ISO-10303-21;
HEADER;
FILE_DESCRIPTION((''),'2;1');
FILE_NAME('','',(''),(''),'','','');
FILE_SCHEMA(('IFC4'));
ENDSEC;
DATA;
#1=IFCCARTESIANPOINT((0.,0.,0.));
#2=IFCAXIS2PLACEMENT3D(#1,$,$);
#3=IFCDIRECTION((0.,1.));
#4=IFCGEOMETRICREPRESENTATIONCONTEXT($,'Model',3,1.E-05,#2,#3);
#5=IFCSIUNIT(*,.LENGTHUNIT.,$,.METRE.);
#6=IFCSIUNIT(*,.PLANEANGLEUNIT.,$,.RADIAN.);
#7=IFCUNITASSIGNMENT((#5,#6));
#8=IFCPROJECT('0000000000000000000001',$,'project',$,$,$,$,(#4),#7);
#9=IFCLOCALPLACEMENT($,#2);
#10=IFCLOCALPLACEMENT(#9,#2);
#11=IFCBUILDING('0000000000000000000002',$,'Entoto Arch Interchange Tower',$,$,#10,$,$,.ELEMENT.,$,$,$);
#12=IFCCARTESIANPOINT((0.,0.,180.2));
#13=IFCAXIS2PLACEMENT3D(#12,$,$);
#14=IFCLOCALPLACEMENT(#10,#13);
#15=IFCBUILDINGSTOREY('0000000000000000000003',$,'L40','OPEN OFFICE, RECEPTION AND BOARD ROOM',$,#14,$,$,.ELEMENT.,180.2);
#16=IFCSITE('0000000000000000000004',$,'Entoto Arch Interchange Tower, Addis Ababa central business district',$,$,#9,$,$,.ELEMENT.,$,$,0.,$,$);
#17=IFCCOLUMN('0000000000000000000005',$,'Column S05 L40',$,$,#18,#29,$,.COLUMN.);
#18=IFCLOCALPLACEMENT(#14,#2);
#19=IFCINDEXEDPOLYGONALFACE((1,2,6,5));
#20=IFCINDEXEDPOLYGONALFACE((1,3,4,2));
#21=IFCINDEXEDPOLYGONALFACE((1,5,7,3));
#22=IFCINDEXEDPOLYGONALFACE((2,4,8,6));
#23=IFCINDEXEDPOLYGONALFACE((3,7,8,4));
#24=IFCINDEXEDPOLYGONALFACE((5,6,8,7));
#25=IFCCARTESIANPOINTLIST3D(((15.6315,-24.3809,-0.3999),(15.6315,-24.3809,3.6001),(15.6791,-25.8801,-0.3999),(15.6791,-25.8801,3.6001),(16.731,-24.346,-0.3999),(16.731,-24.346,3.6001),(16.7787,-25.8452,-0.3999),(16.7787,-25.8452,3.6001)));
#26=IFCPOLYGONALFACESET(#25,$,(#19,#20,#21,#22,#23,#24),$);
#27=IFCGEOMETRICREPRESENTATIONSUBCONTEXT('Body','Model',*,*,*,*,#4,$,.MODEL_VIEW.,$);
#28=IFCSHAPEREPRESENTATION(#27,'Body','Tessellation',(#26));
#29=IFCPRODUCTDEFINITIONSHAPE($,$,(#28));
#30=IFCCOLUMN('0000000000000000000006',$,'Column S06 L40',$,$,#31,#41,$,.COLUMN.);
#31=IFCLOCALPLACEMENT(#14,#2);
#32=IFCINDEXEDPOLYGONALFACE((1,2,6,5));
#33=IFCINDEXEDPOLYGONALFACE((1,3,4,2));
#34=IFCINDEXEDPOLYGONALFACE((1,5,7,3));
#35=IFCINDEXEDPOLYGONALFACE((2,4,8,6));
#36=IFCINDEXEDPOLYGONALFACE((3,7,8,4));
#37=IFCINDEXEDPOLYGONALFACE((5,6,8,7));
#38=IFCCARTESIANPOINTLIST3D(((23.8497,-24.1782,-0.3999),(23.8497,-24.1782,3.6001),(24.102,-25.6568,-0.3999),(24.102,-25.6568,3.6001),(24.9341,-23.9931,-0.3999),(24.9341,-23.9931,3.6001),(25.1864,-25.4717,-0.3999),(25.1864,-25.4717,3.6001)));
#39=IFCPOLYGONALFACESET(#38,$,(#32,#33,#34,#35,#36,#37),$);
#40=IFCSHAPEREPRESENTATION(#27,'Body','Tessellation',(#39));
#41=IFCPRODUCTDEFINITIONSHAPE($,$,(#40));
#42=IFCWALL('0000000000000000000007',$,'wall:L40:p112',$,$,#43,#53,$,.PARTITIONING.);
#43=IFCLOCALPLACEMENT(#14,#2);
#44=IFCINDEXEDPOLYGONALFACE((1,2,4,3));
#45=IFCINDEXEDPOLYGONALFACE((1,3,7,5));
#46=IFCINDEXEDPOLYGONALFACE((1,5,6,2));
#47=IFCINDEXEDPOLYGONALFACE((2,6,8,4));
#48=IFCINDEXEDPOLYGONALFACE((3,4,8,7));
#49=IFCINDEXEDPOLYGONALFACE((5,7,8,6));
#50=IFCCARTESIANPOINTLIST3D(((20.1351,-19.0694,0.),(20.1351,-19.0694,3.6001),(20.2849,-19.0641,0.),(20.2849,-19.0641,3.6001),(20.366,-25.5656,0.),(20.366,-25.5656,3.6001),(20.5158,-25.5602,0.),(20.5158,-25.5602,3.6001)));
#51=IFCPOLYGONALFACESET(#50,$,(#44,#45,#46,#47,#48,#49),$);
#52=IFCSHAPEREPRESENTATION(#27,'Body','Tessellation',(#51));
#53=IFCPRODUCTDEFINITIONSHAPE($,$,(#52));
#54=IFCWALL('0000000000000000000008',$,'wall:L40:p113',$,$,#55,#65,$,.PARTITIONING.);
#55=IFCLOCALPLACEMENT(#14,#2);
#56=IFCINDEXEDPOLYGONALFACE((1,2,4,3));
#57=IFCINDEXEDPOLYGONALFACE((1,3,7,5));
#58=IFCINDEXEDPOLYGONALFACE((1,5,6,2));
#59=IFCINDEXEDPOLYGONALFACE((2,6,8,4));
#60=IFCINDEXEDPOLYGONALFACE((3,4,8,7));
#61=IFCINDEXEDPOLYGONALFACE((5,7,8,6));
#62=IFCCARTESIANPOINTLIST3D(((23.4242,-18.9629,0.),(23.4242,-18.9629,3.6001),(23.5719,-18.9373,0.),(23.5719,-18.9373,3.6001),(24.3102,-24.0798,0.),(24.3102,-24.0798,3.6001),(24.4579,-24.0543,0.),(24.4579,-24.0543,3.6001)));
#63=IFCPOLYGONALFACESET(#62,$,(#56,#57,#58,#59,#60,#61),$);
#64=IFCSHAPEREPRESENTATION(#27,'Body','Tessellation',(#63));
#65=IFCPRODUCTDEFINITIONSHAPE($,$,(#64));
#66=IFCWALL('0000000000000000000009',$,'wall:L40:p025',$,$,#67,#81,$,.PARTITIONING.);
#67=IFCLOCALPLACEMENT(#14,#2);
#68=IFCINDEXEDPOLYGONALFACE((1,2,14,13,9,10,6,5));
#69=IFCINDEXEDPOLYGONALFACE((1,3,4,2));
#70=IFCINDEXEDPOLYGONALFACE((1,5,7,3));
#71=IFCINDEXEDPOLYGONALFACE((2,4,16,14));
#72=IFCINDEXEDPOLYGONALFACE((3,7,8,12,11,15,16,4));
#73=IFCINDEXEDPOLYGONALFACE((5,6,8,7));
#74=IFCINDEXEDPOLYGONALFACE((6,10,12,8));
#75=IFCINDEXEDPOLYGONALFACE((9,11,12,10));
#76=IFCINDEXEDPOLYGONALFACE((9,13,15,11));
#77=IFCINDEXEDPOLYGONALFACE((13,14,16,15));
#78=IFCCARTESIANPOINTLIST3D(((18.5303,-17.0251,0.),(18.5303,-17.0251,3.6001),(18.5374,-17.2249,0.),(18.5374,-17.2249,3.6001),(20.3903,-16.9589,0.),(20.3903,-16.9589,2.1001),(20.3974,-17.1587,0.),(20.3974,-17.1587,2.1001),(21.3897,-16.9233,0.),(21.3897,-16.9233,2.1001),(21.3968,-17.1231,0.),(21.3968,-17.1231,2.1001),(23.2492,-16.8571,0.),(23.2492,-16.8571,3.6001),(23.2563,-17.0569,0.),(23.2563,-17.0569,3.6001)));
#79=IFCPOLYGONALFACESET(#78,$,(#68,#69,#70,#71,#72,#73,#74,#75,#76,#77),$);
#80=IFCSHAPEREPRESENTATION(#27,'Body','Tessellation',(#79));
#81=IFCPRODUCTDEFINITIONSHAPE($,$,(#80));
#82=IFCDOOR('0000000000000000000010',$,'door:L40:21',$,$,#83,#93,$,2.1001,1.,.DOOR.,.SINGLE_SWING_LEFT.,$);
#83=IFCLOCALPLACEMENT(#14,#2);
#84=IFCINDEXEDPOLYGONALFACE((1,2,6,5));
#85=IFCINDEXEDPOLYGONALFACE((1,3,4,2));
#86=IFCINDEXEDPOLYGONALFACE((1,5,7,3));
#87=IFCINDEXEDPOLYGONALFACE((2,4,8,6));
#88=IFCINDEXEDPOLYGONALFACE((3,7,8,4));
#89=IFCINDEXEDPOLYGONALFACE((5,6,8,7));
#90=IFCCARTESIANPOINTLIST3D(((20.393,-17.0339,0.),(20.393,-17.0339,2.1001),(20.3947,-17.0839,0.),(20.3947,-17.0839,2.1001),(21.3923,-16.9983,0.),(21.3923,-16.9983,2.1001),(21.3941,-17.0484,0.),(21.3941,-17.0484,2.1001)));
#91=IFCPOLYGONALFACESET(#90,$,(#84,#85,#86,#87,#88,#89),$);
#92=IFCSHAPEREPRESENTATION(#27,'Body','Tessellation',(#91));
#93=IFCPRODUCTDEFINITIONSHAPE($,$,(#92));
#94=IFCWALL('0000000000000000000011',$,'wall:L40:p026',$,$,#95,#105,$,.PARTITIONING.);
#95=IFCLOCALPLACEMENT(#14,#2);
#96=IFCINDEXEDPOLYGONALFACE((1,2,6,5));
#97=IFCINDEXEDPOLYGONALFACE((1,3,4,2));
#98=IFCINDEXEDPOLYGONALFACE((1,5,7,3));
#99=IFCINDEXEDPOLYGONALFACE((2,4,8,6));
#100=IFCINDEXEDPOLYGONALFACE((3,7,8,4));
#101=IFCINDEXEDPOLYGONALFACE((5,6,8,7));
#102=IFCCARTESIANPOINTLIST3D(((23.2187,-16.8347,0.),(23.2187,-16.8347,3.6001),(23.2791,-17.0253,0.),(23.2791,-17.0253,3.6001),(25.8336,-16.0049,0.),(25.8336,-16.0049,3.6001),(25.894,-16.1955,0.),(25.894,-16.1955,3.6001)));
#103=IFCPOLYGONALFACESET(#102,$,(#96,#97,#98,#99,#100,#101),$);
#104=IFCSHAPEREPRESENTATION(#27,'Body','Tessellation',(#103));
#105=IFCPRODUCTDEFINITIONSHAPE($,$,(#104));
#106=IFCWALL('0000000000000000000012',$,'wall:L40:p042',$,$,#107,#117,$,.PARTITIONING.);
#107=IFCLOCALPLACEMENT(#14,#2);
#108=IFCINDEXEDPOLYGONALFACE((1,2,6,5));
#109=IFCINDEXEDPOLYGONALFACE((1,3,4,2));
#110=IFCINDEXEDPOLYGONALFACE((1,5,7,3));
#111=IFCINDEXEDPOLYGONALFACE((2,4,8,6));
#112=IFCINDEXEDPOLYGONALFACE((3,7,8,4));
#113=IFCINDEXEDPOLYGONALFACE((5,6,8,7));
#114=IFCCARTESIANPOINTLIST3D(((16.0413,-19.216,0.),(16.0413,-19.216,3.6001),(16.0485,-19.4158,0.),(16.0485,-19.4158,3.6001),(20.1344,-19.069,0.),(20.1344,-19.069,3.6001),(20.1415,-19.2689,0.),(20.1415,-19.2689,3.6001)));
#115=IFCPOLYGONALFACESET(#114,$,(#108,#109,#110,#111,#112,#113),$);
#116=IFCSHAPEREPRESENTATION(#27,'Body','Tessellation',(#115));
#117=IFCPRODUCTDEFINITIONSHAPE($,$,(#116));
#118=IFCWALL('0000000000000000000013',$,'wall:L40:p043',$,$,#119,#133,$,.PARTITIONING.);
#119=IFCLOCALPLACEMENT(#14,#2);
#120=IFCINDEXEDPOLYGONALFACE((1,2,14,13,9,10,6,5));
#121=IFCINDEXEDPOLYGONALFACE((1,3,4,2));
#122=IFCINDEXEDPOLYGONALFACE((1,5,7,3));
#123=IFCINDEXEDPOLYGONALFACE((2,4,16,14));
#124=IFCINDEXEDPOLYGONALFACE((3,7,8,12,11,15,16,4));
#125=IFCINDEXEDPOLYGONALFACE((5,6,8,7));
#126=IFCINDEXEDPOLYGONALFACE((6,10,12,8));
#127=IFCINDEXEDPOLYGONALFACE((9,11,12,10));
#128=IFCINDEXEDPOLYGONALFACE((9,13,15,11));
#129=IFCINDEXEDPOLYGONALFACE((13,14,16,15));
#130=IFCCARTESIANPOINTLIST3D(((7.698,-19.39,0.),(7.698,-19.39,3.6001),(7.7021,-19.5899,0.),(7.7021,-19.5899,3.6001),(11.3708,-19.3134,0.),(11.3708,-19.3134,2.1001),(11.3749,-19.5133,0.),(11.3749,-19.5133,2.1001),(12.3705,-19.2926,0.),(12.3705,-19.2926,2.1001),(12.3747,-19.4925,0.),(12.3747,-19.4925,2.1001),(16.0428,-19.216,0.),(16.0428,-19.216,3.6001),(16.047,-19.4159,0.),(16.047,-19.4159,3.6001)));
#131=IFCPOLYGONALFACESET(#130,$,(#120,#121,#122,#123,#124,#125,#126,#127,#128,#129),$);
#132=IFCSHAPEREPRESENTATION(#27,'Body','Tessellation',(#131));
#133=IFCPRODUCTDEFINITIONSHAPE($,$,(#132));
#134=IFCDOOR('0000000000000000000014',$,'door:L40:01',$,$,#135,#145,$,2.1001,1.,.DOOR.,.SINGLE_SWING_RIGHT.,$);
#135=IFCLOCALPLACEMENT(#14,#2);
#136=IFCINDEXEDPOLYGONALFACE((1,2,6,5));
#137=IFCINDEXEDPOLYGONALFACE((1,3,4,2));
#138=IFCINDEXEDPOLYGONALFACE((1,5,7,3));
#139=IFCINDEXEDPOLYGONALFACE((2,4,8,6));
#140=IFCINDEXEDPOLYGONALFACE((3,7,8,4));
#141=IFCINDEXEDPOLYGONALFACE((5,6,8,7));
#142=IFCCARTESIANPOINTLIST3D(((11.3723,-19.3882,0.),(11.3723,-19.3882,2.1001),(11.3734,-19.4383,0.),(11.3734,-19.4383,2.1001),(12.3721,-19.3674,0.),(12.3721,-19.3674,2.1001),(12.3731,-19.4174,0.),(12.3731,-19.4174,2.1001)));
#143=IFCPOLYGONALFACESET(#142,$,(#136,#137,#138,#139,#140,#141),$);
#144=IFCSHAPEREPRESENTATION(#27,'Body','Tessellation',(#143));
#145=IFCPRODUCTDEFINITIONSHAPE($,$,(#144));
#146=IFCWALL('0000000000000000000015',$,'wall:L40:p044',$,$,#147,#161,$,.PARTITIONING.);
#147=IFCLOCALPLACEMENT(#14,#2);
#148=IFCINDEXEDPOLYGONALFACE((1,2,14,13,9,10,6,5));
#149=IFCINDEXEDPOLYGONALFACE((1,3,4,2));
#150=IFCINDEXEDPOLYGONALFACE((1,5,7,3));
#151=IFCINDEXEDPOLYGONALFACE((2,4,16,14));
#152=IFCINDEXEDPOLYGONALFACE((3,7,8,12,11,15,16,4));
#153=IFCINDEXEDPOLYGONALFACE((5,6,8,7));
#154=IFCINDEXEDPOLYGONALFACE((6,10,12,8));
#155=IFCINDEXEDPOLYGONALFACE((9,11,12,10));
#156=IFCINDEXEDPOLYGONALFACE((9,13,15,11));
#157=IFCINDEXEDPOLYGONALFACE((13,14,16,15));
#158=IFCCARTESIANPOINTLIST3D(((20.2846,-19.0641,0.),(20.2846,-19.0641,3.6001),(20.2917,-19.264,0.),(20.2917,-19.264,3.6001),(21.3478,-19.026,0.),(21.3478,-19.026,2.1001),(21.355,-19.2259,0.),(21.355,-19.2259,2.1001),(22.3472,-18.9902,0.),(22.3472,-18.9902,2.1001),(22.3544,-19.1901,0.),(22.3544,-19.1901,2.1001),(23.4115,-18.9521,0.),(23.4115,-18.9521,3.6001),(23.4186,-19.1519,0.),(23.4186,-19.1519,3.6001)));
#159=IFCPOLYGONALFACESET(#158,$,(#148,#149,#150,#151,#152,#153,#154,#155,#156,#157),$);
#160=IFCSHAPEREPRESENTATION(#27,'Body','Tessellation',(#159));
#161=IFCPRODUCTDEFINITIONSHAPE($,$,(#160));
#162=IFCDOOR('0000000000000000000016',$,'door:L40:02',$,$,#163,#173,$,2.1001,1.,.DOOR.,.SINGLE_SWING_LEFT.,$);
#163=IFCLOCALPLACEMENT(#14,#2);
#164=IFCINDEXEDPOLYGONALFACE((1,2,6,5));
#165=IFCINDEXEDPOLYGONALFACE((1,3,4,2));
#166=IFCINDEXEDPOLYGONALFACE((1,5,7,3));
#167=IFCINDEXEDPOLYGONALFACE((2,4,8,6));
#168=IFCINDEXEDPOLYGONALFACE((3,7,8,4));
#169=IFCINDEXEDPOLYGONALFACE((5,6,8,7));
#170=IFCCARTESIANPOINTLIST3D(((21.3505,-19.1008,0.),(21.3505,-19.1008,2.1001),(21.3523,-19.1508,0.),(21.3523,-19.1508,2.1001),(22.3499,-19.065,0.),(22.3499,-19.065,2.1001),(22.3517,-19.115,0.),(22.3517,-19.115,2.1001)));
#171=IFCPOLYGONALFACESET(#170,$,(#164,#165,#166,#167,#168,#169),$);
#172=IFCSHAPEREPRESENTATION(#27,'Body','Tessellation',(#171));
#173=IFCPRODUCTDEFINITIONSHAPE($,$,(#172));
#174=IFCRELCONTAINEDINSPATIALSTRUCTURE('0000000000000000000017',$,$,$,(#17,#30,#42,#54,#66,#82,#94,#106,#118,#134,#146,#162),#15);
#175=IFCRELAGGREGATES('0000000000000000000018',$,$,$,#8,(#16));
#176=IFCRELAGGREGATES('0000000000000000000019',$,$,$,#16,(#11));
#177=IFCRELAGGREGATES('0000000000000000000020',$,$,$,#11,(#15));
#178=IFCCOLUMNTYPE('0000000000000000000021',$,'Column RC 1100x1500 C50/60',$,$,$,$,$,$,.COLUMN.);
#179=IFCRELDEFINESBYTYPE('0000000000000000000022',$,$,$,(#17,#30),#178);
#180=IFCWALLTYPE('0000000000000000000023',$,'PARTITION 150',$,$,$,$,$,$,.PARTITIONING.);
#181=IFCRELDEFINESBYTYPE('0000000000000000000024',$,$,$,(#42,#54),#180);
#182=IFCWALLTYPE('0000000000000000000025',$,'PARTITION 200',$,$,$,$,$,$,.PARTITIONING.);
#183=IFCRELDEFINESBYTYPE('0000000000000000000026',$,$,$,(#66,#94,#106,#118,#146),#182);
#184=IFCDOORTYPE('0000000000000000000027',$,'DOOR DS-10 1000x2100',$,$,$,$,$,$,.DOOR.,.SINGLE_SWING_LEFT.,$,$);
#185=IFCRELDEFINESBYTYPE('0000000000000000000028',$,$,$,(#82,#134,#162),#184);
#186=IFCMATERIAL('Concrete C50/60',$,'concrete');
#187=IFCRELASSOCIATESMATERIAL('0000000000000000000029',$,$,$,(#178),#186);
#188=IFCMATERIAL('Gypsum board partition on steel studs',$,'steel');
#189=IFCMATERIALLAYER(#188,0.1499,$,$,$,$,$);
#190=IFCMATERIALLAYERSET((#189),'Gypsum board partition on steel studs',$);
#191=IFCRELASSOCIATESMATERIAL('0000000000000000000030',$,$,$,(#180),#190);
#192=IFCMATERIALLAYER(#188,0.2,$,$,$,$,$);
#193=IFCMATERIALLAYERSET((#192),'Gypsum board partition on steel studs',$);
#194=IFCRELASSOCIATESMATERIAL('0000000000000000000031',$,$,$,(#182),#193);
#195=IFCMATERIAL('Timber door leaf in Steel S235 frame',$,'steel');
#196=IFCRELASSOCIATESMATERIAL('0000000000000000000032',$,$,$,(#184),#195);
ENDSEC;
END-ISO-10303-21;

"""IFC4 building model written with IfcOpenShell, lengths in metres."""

from ifc_helpers import new_model, si_unit, direction, frame, frame_2d, origin, origin_2d, place, context, subcontext, project, spatial, rectangle, extrude, material, layer, layer_set, material_profile, profile_set, type_object, element, fill, save


model = new_model("IFC4")

# Units and contexts
model_context = context("Model", 3, precision=1e-05, world=origin(), true_north=direction((0.0, 1.0)))
body_context = subcontext(model_context, "Body", "Model", "MODEL_VIEW")
ifc_project = project(units=[si_unit("LENGTHUNIT", "METRE"), si_unit("PLANEANGLEUNIT", "RADIAN")], contexts=[model_context])

# Site, building, storey
site_placement = place(None, origin())
site = spatial("IfcSite", under=ifc_project, at=site_placement, Name="Entoto Arch Interchange Tower, Addis Ababa central business district", CompositionType="ELEMENT", RefElevation=0.0)
building_placement = place(site_placement, origin())
building = spatial("IfcBuilding", under=site, at=building_placement, Name="Entoto Arch Interchange Tower", CompositionType="ELEMENT")
storey_placement = place(building_placement, frame((0.0, 0.0, 180.2)))
storey = spatial("IfcBuildingStorey", under=building, at=storey_placement, Name="L40", Description="OPEN OFFICE, RECEPTION AND BOARD ROOM", CompositionType="ELEMENT", Elevation=180.2)

# Columns
ifc_material_1 = material(Name="Concrete C50/60", Category="concrete")
ifc_material_profile = material_profile(ifc_material_1, rectangle(XDim=1.1001, YDim=1.5, at=origin_2d()))
ifc_profile_set = profile_set([ifc_material_profile], Name="Concrete C50/60")
column_type = type_object("IfcColumnType", Name="Column RC 1100x1500 C50/60", PredefinedType="COLUMN", material=ifc_profile_set)
for number, where, z_axis, x_axis, name in (
    (1, (16.2051, -25.113, -0.3999), (0.0, 0.0, 1.0), (0.999496, 0.031742, 0.0), "Column S05 L40"),
    (2, (24.5181, -24.825, -0.3999), (0.0, 0.0, 1.0), (0.985753, 0.168197, 0.0), "Column S06 L40"),
):
    element("IfcColumn", number, at=place(storey_placement, frame(where, z_axis=z_axis, x_axis=x_axis)), inside=storey, type_object=column_type, Name=name, PredefinedType="COLUMN", context=body_context, shape_type="SweptSolid", body=[
        extrude(rectangle(XDim=1.1001, YDim=1.5, at=origin_2d()), origin(), (0.0, 0.0, 1.0), 4.0),
    ])

# Walls
ifc_material_2 = material(Name="Gypsum board partition on steel studs", Category="steel")
ifc_layer_1 = layer(ifc_material_2, 0.1499)
ifc_layer_set_1 = layer_set([ifc_layer_1], Name="Gypsum board partition on steel studs")
wall_type_1 = type_object("IfcWallType", Name="PARTITION 150", PredefinedType="PARTITIONING", material=ifc_layer_set_1)
wall_1_placement = place(storey_placement, frame((20.21, -19.0669, 0.0), z_axis=(0.0, 0.0, 1.0), x_axis=(0.035531, -0.999369, 0.0)))
element("IfcWall", 3, at=wall_1_placement, inside=storey, type_object=wall_type_1, Name="wall:L40:p112", PredefinedType="PARTITIONING", context=body_context, shape_type="SweptSolid", body=[
    extrude(rectangle(XDim=6.5002, YDim=0.1499, at=frame_2d((3.25, 0.0))), origin(), (0.0, 0.0, 1.0), 3.6001),
])
wall_2_placement = place(storey_placement, frame((23.498, -18.95, 0.0), z_axis=(0.0, 0.0, 1.0), x_axis=(0.170609, -0.985339, 0.0)))
element("IfcWall", 4, at=wall_2_placement, inside=storey, type_object=wall_type_1, Name="wall:L40:p113", PredefinedType="PARTITIONING", context=body_context, shape_type="SweptSolid", body=[
    extrude(rectangle(XDim=5.1931, YDim=0.1499, at=frame_2d((2.5967, 0.0))), origin(), (0.0, 0.0, 1.0), 3.6001),
])

# Wall, opening, door
ifc_layer_2 = layer(ifc_material_2, 0.2)
ifc_layer_set_2 = layer_set([ifc_layer_2], Name="Gypsum board partition on steel studs")
wall_type_2 = type_object("IfcWallType", Name="PARTITION 200", PredefinedType="PARTITIONING", material=ifc_layer_set_2)
wall_3_placement = place(storey_placement, frame((18.5339, -17.125, 0.0), z_axis=(0.0, 0.0, 1.0), x_axis=(0.999367, 0.035572, 0.0)))
wall_3 = element("IfcWall", 5, at=wall_3_placement, inside=storey, type_object=wall_type_2, Name="wall:L40:p025", PredefinedType="PARTITIONING", context=body_context, shape_type="SweptSolid", body=[
    extrude(rectangle(XDim=4.7219, YDim=0.2, at=frame_2d((2.3608, 0.0))), origin(), (0.0, 0.0, 1.0), 3.6001),
])
opening_1_placement = place(wall_3_placement, frame((1.8611, 0.0, 0.0)))
opening_1 = element("IfcOpeningElement", 6, at=opening_1_placement, cuts=wall_3, PredefinedType="OPENING", context=body_context, shape_type="SweptSolid", body=[
    extrude(rectangle(XDim=1.0, YDim=2.1001, at=frame_2d((0.5, 1.05))), frame((0.0, 0.1099, 0.0), z_axis=(0.0, -1.0, 0.0), x_axis=(1.0, 0.0, 0.0)), (0.0, 0.0, 1.0), 0.22),
])
ifc_material_3 = material(Name="Timber door leaf in Steel S235 frame", Category="steel")
door_type = type_object("IfcDoorType", Name="DOOR DS-10 1000x2100", OperationType="SINGLE_SWING_LEFT", PredefinedType="DOOR", material=ifc_material_3)
door_1_placement = place(opening_1_placement, origin())
door_1 = element("IfcDoor", 7, at=door_1_placement, inside=storey, type_object=door_type, Name="door:L40:21", OperationType="SINGLE_SWING_LEFT", OverallHeight=2.1001, OverallWidth=1.0, PredefinedType="DOOR", context=body_context, shape_type="SweptSolid", body=[
    extrude(rectangle(XDim=1.0, YDim=2.1001, at=frame_2d((0.5, 1.05))), frame((0.0, 0.0249, 0.0), z_axis=(0.0, -1.0, 0.0), x_axis=(1.0, 0.0, 0.0)), (0.0, 0.0, 1.0), 0.05),
])
fill(opening_1, door_1)

# Walls
wall_4_placement = place(storey_placement, frame((23.249, -16.9299, 0.0), z_axis=(0.0, 0.0, 1.0), x_axis=(0.953158, 0.302473, 0.0)))
element("IfcWall", 8, at=wall_4_placement, inside=storey, type_object=wall_type_2, Name="wall:L40:p026", PredefinedType="PARTITIONING", context=body_context, shape_type="SweptSolid", body=[
    extrude(rectangle(XDim=2.7434, YDim=0.2, at=frame_2d((1.3716, 0.0))), origin(), (0.0, 0.0, 1.0), 3.6001),
])
wall_5_placement = place(storey_placement, frame((20.1379, -19.1689, 0.0), z_axis=(0.0, 0.0, 1.0), x_axis=(-0.999356, -0.035885, 0.0)))
element("IfcWall", 9, at=wall_5_placement, inside=storey, type_object=wall_type_2, Name="wall:L40:p042", PredefinedType="PARTITIONING", context=body_context, shape_type="SweptSolid", body=[
    extrude(rectangle(XDim=4.0957, YDim=0.2, at=frame_2d((2.0479, 0.0))), origin(), (0.0, 0.0, 1.0), 3.6001),
])

# Walls, openings, doors
wall_6_placement = place(storey_placement, frame((16.0449, -19.3159, 0.0), z_axis=(0.0, 0.0, 1.0), x_axis=(-0.999783, -0.020855, 0.0)))
wall_6 = element("IfcWall", 10, at=wall_6_placement, inside=storey, type_object=wall_type_2, Name="wall:L40:p043", PredefinedType="PARTITIONING", context=body_context, shape_type="SweptSolid", body=[
    extrude(rectangle(XDim=8.3467, YDim=0.2, at=frame_2d((4.1733, 0.0))), origin(), (0.0, 0.0, 1.0), 3.6001),
])
opening_2_placement = place(wall_6_placement, frame((3.6731, 0.0, 0.0)))
opening_2 = element("IfcOpeningElement", 11, at=opening_2_placement, cuts=wall_6, PredefinedType="OPENING", context=body_context, shape_type="SweptSolid", body=[
    extrude(rectangle(XDim=1.0, YDim=2.1001, at=frame_2d((0.5, 1.05))), frame((0.0, 0.1099, 0.0), z_axis=(0.0, -1.0, 0.0), x_axis=(1.0, 0.0, 0.0)), (0.0, 0.0, 1.0), 0.22),
])
door_2_placement = place(opening_2_placement, origin())
door_2 = element("IfcDoor", 12, at=door_2_placement, inside=storey, type_object=door_type, Name="door:L40:01", OperationType="SINGLE_SWING_RIGHT", OverallHeight=2.1001, OverallWidth=1.0, PredefinedType="DOOR", context=body_context, shape_type="SweptSolid", body=[
    extrude(rectangle(XDim=1.0, YDim=2.1001, at=frame_2d((0.5, 1.05))), frame((0.0, 0.0249, 0.0), z_axis=(0.0, -1.0, 0.0), x_axis=(1.0, 0.0, 0.0)), (0.0, 0.0, 1.0), 0.05),
])
fill(opening_2, door_2)
wall_7_placement = place(storey_placement, frame((23.415, -19.052, 0.0), z_axis=(0.0, 0.0, 1.0), x_axis=(-0.999358, -0.035814, 0.0)))
wall_7 = element("IfcWall", 13, at=wall_7_placement, inside=storey, type_object=wall_type_2, Name="wall:L40:p044", PredefinedType="PARTITIONING", context=body_context, shape_type="SweptSolid", body=[
    extrude(rectangle(XDim=3.1289, YDim=0.2, at=frame_2d((1.5645, 0.0))), origin(), (0.0, 0.0, 1.0), 3.6001),
])
opening_3_placement = place(wall_7_placement, frame((1.0649, 0.0, 0.0)))
opening_3 = element("IfcOpeningElement", 14, at=opening_3_placement, cuts=wall_7, PredefinedType="OPENING", context=body_context, shape_type="SweptSolid", body=[
    extrude(rectangle(XDim=1.0, YDim=2.1001, at=frame_2d((0.5, 1.05))), frame((0.0, 0.1099, 0.0), z_axis=(0.0, -1.0, 0.0), x_axis=(1.0, 0.0, 0.0)), (0.0, 0.0, 1.0), 0.22),
])
door_3_placement = place(opening_3_placement, origin())
door_3 = element("IfcDoor", 15, at=door_3_placement, inside=storey, type_object=door_type, Name="door:L40:02", OperationType="SINGLE_SWING_LEFT", OverallHeight=2.1001, OverallWidth=1.0, PredefinedType="DOOR", context=body_context, shape_type="SweptSolid", body=[
    extrude(rectangle(XDim=1.0, YDim=2.1001, at=frame_2d((0.5, 1.05))), frame((0.0, 0.0249, 0.0), z_axis=(0.0, -1.0, 0.0), x_axis=(1.0, 0.0, 0.0)), (0.0, 0.0, 1.0), 0.05),
])
fill(opening_3, door_3)

save(model, "model.ifc")
